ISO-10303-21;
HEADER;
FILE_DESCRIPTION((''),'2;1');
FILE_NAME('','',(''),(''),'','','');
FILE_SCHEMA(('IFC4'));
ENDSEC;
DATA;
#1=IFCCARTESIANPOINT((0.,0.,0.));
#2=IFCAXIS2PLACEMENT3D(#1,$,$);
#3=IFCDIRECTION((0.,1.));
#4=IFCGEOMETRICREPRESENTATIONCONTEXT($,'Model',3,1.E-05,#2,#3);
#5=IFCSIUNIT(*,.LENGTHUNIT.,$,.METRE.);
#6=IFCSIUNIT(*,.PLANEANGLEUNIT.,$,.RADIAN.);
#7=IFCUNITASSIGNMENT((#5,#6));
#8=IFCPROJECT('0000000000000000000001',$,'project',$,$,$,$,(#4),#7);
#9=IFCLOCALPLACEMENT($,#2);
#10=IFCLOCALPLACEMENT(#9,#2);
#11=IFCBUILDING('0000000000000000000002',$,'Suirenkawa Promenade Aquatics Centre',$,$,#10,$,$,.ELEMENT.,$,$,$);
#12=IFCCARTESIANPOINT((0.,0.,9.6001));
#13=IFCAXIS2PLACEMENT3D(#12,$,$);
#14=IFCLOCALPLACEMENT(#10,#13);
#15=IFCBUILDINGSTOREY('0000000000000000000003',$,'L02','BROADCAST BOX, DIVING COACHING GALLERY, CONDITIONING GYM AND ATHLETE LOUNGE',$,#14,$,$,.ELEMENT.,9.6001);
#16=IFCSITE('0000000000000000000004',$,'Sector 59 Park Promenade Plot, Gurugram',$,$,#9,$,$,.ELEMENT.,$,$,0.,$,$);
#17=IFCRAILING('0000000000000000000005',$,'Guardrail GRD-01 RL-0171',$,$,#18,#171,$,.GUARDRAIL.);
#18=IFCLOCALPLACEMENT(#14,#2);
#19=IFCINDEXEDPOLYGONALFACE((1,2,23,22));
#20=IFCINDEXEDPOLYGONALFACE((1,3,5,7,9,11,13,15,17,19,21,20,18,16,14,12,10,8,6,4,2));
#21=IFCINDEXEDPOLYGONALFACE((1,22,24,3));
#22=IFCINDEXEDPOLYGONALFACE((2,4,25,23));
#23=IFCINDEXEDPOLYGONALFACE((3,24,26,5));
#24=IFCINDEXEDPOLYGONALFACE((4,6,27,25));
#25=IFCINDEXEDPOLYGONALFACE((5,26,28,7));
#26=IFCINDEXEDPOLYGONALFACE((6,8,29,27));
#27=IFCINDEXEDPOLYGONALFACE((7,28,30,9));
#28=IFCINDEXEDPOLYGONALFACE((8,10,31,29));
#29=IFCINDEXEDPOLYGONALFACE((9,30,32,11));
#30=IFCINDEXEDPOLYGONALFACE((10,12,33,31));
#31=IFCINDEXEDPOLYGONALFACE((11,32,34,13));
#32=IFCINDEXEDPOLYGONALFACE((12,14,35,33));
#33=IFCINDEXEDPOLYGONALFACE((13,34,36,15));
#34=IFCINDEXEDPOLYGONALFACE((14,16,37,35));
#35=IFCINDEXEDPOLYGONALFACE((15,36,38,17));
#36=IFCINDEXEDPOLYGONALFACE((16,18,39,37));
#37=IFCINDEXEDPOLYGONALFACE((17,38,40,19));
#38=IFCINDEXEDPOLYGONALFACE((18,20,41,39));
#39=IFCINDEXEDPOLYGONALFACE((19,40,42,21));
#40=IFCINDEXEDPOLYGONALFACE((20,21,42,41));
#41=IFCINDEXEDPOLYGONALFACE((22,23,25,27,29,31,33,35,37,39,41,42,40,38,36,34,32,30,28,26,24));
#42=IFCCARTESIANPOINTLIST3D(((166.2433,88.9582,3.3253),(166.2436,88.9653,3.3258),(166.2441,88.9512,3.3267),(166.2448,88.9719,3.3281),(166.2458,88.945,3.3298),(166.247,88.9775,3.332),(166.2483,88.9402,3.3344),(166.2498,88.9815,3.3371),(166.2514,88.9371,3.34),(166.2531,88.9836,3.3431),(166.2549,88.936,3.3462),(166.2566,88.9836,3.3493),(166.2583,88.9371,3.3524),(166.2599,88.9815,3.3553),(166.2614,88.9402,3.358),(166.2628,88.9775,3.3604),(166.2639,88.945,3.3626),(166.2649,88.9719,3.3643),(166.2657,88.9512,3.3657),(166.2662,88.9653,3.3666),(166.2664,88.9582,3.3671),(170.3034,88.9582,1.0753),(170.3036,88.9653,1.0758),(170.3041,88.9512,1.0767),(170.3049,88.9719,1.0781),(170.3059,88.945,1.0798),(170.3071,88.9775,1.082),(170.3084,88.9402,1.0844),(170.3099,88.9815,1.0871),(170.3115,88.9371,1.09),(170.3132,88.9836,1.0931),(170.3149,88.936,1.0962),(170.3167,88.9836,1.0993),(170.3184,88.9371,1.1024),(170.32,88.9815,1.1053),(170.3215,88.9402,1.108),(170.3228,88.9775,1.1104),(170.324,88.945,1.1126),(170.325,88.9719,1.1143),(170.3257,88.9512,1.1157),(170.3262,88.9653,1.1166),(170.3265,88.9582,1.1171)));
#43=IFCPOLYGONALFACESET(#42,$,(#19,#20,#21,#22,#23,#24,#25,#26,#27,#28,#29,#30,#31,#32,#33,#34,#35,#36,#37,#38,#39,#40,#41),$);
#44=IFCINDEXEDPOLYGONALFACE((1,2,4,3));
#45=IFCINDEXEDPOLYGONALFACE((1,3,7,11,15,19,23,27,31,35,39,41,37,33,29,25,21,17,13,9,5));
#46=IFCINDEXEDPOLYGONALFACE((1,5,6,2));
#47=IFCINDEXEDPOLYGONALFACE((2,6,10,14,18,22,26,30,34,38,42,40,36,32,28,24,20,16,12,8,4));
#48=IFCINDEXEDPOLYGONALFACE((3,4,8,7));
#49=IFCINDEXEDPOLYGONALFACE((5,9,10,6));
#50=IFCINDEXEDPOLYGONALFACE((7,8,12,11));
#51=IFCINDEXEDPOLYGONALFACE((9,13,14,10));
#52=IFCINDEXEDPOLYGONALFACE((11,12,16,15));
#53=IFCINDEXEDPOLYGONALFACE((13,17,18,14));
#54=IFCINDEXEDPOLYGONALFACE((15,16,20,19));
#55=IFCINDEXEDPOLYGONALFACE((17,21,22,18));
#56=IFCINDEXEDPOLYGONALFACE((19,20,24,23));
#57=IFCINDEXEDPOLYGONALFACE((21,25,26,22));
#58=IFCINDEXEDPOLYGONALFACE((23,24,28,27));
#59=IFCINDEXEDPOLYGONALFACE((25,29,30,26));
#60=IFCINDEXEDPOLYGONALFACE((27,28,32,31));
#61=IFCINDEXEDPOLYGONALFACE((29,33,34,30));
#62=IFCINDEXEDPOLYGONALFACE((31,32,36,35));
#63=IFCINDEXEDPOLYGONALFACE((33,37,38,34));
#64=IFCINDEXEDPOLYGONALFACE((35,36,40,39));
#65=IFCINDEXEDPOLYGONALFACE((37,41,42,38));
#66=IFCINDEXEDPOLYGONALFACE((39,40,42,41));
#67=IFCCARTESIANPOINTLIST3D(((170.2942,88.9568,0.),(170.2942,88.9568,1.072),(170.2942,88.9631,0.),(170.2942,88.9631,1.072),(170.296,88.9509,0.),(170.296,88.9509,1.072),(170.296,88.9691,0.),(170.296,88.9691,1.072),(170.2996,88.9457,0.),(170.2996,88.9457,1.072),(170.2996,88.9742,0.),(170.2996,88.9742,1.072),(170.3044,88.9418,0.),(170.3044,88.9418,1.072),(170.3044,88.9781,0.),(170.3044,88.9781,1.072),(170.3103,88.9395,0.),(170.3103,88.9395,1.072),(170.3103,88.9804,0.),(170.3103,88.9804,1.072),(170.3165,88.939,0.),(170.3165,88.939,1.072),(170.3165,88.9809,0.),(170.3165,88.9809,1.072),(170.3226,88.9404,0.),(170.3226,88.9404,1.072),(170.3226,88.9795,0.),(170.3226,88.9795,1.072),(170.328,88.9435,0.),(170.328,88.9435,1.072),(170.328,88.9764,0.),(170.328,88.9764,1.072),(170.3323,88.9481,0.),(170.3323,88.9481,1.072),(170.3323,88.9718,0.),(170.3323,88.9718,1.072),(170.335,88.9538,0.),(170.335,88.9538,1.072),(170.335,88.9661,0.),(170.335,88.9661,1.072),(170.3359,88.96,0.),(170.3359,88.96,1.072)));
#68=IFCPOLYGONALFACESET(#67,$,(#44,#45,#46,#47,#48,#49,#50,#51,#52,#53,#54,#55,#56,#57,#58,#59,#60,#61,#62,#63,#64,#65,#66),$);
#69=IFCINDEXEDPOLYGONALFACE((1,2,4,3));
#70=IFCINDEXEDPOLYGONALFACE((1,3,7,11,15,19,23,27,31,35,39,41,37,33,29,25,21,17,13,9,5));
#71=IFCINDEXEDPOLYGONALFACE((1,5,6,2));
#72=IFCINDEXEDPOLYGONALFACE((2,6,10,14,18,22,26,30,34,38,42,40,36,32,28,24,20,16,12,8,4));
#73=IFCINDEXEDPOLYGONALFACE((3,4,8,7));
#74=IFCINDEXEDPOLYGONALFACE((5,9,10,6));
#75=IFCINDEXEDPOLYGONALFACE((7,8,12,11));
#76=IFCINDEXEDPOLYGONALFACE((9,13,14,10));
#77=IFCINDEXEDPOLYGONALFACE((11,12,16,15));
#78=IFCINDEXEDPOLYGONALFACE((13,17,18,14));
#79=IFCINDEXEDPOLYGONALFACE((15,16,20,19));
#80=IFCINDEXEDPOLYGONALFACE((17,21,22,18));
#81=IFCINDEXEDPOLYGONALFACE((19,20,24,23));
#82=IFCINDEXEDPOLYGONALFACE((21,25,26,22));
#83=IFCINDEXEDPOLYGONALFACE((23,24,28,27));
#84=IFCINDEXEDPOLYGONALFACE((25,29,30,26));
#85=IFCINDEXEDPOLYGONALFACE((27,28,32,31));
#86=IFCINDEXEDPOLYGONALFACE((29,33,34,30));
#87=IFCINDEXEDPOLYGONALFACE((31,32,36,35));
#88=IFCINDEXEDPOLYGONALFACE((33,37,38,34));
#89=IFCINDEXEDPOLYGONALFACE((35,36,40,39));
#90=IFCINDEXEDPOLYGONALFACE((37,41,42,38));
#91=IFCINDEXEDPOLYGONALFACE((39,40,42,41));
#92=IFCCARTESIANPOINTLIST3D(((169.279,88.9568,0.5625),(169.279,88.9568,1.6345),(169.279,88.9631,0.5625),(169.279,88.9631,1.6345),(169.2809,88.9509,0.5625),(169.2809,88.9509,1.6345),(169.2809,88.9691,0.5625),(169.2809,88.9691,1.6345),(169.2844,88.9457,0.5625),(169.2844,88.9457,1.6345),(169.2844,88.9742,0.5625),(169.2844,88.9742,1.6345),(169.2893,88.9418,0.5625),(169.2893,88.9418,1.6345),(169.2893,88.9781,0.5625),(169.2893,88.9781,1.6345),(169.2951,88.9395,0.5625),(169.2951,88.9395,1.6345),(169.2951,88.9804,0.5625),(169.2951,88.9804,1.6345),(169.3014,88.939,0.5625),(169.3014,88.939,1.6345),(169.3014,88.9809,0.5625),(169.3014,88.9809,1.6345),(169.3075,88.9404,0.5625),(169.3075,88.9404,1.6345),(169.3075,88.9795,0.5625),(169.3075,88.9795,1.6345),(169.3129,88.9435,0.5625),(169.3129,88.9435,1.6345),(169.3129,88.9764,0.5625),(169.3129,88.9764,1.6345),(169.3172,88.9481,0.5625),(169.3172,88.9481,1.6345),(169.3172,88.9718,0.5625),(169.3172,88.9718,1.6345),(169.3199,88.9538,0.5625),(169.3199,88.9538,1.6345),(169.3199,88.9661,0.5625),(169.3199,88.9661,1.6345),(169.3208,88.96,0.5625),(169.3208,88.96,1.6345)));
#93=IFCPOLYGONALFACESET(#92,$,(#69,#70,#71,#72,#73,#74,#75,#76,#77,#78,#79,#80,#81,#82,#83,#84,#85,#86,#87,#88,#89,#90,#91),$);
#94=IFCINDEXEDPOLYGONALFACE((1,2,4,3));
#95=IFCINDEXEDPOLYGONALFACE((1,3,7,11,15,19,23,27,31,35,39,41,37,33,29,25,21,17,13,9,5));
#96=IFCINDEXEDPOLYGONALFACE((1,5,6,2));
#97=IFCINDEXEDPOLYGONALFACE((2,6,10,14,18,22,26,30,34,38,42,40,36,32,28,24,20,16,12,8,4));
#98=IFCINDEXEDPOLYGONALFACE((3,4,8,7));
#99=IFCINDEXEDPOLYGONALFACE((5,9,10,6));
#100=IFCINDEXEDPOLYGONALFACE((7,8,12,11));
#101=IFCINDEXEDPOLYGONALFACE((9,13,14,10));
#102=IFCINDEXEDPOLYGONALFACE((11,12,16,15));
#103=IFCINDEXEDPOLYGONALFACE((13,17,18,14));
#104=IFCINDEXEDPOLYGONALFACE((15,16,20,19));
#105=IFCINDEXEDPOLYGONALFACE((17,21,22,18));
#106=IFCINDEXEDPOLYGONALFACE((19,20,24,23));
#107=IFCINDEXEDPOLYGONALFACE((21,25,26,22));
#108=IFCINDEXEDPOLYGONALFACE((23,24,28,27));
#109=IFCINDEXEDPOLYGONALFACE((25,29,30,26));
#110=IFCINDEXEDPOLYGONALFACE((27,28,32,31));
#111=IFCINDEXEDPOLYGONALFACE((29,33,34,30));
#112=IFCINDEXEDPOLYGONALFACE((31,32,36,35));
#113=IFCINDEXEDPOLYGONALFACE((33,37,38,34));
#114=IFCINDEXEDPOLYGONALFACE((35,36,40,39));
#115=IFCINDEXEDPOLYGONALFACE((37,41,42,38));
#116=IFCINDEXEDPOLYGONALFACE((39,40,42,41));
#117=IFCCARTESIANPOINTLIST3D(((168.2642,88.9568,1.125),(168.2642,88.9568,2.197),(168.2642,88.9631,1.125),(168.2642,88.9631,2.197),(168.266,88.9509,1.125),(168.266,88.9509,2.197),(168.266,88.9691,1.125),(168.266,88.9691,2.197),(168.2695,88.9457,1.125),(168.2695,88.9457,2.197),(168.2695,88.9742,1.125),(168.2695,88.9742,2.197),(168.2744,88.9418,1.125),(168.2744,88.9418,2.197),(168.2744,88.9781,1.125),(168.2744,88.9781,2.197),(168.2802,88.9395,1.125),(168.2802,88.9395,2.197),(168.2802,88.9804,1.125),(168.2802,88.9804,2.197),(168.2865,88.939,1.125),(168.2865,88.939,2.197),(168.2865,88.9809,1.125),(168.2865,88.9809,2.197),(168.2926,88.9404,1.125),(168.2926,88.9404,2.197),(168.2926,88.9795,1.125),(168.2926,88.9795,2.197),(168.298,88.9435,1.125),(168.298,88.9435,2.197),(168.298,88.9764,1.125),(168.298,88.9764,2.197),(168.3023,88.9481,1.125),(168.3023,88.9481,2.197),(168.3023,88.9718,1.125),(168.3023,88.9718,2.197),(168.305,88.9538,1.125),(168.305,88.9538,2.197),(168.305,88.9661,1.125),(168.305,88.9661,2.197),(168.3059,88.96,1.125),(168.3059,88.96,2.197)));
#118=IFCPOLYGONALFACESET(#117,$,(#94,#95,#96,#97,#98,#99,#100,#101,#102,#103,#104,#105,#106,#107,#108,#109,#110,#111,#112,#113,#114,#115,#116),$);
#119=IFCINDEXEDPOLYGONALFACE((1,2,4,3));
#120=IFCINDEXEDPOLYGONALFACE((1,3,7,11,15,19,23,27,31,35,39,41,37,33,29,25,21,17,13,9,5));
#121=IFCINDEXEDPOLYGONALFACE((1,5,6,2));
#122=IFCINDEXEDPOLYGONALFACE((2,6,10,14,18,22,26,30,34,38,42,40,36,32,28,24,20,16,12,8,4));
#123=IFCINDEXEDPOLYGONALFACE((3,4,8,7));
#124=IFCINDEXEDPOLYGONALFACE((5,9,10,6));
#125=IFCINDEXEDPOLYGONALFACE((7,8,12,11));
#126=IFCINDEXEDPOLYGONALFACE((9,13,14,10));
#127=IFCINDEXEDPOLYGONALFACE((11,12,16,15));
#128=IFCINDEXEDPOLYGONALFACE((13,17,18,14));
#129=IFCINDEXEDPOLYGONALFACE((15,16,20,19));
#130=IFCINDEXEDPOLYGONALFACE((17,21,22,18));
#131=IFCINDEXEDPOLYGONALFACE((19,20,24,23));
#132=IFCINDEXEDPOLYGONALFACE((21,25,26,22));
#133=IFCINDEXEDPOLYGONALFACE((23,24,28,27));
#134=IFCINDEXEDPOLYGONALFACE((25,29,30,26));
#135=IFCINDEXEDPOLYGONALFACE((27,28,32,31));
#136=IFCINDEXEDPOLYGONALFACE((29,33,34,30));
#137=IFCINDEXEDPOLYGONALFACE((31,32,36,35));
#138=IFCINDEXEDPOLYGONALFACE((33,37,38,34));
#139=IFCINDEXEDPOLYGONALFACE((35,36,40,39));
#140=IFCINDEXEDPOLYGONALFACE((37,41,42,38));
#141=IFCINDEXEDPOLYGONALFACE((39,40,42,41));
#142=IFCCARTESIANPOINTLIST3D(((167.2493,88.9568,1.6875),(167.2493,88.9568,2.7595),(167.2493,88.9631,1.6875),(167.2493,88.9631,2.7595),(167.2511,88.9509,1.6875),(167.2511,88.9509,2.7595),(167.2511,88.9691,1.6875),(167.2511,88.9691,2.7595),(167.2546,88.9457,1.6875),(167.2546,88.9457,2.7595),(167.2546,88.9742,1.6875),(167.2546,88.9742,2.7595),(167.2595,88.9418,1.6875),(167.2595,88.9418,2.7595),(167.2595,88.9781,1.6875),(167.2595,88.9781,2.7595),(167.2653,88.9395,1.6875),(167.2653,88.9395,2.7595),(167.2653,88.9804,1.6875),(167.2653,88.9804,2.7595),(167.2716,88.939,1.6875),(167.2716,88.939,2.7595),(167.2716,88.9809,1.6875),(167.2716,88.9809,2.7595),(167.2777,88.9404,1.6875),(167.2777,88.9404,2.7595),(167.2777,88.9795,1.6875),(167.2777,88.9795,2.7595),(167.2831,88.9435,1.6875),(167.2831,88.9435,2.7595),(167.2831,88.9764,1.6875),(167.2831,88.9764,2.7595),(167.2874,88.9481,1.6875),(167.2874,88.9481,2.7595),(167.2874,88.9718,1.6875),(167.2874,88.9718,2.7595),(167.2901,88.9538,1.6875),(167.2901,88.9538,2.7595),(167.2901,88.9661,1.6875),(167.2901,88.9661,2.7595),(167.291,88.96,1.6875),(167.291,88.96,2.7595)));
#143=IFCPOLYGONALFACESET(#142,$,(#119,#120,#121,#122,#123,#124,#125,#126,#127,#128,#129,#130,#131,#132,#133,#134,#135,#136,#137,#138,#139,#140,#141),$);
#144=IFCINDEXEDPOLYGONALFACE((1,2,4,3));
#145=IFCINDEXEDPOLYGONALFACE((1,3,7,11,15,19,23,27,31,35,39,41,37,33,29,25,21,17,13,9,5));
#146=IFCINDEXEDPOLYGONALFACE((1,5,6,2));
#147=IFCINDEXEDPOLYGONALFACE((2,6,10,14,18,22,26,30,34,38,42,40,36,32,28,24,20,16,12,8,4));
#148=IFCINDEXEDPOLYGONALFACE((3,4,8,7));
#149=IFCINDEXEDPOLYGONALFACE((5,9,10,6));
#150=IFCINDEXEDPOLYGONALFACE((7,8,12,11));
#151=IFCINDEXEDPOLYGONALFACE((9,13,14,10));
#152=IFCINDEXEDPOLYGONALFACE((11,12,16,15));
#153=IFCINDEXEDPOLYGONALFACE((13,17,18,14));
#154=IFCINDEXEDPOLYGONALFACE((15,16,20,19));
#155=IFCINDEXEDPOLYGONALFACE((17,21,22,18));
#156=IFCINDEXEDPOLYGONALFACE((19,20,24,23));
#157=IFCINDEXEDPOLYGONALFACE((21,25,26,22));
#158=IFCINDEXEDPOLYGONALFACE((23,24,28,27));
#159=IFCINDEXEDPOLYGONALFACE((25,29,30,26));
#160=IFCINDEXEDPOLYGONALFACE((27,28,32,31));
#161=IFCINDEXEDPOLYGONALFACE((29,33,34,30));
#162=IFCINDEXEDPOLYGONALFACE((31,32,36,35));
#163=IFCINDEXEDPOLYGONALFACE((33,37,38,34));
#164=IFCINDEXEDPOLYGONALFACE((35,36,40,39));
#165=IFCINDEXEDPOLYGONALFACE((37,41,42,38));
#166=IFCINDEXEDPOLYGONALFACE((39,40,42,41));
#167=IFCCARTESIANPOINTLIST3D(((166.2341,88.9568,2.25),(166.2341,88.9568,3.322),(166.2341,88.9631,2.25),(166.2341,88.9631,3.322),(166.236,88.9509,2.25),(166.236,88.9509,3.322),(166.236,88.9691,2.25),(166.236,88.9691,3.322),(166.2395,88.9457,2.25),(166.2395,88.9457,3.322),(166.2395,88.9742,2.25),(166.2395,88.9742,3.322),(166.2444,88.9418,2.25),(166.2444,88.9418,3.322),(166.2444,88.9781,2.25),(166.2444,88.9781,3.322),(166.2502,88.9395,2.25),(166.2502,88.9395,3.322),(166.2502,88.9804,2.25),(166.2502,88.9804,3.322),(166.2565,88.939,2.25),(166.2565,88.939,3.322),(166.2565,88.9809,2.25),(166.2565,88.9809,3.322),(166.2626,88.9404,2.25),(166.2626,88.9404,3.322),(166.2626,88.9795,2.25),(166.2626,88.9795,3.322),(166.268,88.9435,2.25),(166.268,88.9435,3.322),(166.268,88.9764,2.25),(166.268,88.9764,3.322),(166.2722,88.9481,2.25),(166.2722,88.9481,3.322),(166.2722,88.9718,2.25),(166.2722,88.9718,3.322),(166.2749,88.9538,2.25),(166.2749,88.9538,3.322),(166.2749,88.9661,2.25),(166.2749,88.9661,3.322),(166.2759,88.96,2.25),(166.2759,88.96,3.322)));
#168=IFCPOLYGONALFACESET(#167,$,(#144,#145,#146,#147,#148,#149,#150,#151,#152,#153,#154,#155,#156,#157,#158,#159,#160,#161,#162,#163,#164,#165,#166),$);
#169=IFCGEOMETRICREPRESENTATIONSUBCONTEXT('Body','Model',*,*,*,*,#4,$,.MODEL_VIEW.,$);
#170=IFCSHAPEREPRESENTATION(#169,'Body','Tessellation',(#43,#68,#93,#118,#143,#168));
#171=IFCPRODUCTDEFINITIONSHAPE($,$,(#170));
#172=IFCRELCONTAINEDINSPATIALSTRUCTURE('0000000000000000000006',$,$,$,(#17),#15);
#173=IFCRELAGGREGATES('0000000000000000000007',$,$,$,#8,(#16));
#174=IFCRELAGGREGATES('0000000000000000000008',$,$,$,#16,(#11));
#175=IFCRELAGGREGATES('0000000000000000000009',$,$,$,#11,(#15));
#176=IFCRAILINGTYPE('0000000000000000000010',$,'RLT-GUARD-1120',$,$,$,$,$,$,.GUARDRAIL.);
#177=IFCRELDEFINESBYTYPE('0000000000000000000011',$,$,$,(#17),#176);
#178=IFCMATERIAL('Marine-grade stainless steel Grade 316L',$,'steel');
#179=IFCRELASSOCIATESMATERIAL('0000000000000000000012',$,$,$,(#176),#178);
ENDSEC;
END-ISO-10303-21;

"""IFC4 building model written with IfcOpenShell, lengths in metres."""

from ifc_helpers import new_model, si_unit, direction, frame, origin, origin_2d, place, context, subcontext, project, spatial, circle, extrude, material, type_object, element, save


model = new_model("IFC4")

# Units and contexts
model_context = context("Model", 3, precision=1e-05, world=origin(), true_north=direction((0.0, 1.0)))
body_context = subcontext(model_context, "Body", "Model", "MODEL_VIEW")
ifc_project = project(units=[si_unit("LENGTHUNIT", "METRE"), si_unit("PLANEANGLEUNIT", "RADIAN")], contexts=[model_context])

# Site, building, storey
site_placement = place(None, origin())
site = spatial("IfcSite", under=ifc_project, at=site_placement, Name="Sector 59 Park Promenade Plot, Gurugram", CompositionType="ELEMENT", RefElevation=0.0)
building_placement = place(site_placement, origin())
building = spatial("IfcBuilding", under=site, at=building_placement, Name="Suirenkawa Promenade Aquatics Centre", CompositionType="ELEMENT")
storey_placement = place(building_placement, frame((0.0, 0.0, 9.6001)))
storey = spatial("IfcBuildingStorey", under=building, at=storey_placement, Name="L02", Description="BROADCAST BOX, DIVING COACHING GALLERY, CONDITIONING GYM AND ATHLETE LOUNGE", CompositionType="ELEMENT", Elevation=9.6001)

# Shared definitions
ifc_material_1 = material(Name="Marine-grade stainless steel Grade 316L", Category="steel")

# Railing
railing_type_1 = type_object("IfcRailingType", Name="RLT-GUARD-1120", PredefinedType="GUARDRAIL", material=ifc_material_1)
railing_1_placement = place(storey_placement, frame((170.3149, 88.96, 0.0)))
element("IfcRailing", 1, at=railing_1_placement, inside=storey, type_object=railing_type_1, Name="Guardrail GRD-01 RL-0171", PredefinedType="GUARDRAIL", context=body_context, shape_type="SweptSolid", body=[
    extrude(circle(Radius=0.0239, at=origin_2d()), frame((0.0, 0.0, 1.0962), z_axis=(-0.874668, 0.0, 0.484723), x_axis=(0.0, -1.0, 0.0)), (0.0, 0.0, 1.0), 4.6418),
    extrude(circle(Radius=0.021, at=origin_2d()), origin(), (0.0, 0.0, 1.0), 1.072),
    extrude(circle(Radius=0.021, at=origin_2d()), frame((-1.0151, 0.0, 0.5625)), (0.0, 0.0, 1.0), 1.072),
    extrude(circle(Radius=0.021, at=origin_2d()), frame((-2.03, 0.0, 1.125)), (0.0, 0.0, 1.0), 1.072),
    extrude(circle(Radius=0.021, at=origin_2d()), frame((-3.0449, 0.0, 1.6875)), (0.0, 0.0, 1.0), 1.072),
    extrude(circle(Radius=0.021, at=origin_2d()), frame((-4.0601, 0.0, 2.25)), (0.0, 0.0, 1.0), 1.072),
])

save(model, "model.ifc")
